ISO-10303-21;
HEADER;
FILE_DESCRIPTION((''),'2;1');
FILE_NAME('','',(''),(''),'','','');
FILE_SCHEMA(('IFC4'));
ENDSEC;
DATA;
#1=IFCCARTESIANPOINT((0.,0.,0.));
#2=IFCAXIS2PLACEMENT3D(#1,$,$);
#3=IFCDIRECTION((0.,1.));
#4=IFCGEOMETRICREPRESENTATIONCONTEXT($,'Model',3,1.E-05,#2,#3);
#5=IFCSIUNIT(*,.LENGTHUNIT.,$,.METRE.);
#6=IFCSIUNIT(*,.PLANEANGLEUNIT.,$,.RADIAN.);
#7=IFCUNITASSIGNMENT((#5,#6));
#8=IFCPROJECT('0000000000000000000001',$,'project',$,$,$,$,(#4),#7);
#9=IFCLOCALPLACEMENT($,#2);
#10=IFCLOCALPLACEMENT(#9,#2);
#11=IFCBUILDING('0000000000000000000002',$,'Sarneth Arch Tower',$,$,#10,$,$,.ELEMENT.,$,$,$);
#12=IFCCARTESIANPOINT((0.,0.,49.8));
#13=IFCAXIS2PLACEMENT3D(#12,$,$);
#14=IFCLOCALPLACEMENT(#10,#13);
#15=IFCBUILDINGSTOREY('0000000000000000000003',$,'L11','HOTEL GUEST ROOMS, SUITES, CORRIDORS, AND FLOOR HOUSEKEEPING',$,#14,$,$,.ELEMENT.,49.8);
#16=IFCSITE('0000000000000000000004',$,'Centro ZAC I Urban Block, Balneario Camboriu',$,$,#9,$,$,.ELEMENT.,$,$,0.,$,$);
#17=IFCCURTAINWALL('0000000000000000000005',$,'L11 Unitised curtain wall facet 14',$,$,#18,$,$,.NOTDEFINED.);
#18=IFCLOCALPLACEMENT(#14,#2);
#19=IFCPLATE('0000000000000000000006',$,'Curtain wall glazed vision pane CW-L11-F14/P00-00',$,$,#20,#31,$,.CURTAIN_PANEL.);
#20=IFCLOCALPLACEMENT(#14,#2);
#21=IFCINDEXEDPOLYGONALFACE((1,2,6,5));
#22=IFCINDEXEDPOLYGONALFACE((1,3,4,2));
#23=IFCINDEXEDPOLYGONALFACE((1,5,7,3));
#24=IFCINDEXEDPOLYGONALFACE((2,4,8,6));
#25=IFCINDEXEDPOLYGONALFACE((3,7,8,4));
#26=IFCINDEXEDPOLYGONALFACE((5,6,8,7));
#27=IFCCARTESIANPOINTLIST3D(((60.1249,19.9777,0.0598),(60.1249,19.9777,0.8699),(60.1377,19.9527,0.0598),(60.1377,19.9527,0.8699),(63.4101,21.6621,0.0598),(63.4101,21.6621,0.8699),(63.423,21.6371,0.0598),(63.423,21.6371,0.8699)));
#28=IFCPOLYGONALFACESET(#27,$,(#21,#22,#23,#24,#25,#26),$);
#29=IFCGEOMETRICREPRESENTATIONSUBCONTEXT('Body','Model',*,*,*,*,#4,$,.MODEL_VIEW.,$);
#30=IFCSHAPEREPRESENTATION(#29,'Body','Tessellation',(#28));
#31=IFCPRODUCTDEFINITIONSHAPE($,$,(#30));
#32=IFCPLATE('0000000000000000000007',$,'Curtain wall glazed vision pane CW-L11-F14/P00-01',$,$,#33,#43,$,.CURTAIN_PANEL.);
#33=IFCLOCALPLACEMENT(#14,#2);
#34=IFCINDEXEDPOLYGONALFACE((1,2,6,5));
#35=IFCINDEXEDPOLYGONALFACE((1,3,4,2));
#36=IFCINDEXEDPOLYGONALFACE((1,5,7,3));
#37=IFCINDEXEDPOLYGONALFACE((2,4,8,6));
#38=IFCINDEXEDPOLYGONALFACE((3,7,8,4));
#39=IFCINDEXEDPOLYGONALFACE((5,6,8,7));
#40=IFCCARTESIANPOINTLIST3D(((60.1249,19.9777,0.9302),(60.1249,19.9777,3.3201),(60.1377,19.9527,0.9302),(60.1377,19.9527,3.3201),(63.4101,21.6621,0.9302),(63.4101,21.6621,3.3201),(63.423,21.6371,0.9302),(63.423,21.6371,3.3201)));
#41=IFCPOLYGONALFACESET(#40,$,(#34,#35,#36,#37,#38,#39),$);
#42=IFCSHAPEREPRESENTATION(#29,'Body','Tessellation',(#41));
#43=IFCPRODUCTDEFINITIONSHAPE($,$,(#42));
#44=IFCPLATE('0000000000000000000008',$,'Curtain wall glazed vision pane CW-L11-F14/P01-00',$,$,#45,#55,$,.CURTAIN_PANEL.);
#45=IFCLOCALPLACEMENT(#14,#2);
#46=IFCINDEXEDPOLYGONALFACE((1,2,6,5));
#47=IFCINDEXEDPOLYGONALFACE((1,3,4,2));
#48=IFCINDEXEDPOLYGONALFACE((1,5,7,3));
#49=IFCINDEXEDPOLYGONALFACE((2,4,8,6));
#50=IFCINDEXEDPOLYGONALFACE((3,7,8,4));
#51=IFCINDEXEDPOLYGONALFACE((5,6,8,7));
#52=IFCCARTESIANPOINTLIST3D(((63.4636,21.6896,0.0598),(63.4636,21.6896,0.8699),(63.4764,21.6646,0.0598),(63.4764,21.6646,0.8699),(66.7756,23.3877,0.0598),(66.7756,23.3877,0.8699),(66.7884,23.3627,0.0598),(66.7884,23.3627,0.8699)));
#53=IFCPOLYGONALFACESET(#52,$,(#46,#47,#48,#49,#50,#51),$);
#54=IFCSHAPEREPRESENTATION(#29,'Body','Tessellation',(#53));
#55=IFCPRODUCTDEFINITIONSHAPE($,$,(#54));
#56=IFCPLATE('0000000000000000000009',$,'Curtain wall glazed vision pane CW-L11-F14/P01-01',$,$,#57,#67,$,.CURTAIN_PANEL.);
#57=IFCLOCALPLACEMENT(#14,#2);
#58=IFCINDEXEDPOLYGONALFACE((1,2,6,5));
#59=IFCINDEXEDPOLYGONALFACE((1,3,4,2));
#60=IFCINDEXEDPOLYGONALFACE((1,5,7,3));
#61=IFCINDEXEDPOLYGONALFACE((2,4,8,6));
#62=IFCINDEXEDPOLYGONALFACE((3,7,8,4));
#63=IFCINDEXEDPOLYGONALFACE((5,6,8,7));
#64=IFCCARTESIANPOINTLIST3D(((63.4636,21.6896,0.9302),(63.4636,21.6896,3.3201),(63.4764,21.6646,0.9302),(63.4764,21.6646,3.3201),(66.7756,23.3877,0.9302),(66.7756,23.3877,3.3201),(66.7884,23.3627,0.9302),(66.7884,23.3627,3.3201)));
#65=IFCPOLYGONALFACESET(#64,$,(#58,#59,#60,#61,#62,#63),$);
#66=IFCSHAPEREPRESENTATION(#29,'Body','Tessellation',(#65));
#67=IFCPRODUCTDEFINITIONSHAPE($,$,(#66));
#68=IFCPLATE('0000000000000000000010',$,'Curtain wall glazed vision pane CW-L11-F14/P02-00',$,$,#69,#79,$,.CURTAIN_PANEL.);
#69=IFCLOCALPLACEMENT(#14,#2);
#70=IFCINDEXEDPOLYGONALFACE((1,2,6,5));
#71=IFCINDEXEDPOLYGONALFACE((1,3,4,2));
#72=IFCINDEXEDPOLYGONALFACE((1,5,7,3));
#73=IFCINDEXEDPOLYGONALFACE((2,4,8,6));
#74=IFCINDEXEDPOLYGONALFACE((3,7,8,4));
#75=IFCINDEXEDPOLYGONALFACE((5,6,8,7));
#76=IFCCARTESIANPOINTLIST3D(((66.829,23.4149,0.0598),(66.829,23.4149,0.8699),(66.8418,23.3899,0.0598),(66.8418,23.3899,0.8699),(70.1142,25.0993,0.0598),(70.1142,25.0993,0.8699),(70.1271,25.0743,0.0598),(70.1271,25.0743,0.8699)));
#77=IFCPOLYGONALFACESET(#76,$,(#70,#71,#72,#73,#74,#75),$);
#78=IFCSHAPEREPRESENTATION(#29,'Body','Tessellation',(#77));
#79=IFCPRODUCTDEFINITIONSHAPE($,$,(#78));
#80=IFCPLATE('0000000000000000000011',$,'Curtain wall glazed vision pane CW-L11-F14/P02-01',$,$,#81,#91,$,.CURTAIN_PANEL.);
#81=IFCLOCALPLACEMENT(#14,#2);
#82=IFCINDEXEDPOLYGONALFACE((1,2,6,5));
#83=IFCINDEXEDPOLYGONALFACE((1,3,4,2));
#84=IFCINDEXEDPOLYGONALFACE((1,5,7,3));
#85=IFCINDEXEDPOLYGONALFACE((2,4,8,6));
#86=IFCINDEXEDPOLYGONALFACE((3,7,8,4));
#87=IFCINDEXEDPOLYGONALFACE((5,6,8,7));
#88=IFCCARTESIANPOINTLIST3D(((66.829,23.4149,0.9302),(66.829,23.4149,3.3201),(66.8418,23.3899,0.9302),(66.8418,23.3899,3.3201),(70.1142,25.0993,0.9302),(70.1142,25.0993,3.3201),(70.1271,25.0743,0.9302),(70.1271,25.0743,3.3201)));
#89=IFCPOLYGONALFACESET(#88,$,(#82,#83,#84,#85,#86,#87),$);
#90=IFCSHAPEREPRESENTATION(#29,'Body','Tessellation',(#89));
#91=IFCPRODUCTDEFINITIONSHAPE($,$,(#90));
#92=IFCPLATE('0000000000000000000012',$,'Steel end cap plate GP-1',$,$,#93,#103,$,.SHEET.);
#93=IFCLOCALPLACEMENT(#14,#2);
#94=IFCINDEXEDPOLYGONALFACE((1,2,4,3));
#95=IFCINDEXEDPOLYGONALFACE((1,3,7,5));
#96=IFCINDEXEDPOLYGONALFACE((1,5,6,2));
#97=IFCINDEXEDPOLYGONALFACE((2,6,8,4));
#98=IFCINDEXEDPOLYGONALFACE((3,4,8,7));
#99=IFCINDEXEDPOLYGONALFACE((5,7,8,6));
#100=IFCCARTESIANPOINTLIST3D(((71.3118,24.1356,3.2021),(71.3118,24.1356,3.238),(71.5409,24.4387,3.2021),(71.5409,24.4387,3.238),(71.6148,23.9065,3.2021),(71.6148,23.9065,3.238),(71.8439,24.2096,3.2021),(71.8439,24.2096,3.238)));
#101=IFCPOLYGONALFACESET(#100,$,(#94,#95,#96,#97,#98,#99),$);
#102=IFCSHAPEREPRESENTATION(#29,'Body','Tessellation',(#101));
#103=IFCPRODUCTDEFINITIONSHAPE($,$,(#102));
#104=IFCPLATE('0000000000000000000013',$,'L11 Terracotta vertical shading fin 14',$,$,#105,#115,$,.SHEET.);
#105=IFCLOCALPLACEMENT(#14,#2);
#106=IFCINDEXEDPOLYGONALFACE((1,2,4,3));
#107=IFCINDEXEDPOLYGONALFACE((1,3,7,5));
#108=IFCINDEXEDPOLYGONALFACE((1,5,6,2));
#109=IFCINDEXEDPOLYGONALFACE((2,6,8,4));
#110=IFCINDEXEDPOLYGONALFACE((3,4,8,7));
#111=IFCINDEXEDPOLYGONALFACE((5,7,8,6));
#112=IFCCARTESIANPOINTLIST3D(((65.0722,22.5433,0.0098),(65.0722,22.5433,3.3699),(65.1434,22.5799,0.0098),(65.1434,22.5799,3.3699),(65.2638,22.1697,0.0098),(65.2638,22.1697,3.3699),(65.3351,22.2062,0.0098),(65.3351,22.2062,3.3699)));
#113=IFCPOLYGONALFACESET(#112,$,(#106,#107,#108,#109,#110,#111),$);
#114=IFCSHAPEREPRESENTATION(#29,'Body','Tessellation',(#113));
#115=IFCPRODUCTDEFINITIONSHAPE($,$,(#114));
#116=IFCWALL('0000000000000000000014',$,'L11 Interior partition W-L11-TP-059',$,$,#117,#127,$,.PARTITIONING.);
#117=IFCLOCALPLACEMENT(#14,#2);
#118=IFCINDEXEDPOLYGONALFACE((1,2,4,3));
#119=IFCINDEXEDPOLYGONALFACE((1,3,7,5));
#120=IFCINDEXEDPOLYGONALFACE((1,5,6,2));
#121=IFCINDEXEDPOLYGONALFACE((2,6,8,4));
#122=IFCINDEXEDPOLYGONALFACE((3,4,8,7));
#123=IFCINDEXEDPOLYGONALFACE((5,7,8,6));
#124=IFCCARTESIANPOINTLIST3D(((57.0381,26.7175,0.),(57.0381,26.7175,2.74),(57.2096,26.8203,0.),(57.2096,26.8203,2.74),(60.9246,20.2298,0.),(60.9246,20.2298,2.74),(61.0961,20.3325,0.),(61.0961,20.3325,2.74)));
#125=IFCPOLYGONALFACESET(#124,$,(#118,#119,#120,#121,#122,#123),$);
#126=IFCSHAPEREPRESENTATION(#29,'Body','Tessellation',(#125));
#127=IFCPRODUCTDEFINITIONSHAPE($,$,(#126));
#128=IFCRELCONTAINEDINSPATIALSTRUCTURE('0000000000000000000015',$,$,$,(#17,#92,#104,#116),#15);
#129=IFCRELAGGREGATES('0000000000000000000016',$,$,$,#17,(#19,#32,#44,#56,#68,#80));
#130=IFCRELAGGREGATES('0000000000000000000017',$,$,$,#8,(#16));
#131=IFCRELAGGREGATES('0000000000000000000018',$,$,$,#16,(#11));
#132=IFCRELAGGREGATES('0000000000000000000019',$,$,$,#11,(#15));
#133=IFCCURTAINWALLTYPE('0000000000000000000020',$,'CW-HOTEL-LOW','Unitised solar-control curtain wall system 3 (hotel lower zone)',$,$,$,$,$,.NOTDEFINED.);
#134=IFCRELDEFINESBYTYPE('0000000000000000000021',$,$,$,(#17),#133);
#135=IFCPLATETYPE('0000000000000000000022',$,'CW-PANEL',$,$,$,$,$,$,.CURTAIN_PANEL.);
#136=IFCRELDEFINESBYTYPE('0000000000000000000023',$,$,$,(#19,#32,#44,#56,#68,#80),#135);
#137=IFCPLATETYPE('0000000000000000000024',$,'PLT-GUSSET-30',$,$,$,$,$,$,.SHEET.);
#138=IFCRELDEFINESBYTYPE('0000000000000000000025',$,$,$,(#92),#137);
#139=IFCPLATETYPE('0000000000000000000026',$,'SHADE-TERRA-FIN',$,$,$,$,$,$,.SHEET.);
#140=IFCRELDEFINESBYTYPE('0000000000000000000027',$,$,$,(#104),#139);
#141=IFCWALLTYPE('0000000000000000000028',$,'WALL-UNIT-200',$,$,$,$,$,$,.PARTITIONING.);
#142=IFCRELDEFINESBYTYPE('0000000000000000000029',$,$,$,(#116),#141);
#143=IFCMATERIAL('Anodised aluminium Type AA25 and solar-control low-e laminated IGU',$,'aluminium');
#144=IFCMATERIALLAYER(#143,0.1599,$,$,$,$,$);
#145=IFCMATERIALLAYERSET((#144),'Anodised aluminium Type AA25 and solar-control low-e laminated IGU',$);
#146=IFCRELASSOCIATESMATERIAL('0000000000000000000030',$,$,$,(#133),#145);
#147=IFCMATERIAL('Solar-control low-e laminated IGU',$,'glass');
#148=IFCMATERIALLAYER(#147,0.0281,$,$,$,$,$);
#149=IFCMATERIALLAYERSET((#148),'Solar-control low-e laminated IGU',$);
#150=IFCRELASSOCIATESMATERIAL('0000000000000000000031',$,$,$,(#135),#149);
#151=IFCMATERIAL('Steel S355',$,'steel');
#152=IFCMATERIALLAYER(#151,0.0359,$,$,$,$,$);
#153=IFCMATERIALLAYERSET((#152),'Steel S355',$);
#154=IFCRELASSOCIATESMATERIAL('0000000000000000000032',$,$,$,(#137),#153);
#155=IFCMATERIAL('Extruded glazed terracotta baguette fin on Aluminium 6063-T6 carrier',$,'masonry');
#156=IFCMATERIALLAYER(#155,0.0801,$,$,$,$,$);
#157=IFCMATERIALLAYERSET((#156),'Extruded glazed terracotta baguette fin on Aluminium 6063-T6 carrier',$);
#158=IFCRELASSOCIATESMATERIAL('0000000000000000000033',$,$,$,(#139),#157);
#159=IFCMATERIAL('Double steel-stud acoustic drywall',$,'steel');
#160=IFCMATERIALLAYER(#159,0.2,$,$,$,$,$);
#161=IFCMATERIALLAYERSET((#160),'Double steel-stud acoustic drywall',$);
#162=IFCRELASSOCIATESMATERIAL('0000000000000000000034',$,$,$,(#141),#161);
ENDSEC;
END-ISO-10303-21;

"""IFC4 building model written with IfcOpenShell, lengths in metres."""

from ifc_helpers import new_model, si_unit, direction, frame, frame_2d, origin, origin_2d, place, context, subcontext, project, spatial, rectangle, extrude, material, layer, layer_set, type_object, element, aggregate, save


model = new_model("IFC4")

# Units and contexts
model_context = context("Model", 3, precision=1e-05, world=origin(), true_north=direction((0.0, 1.0)))
body_context = subcontext(model_context, "Body", "Model", "MODEL_VIEW")
ifc_project = project(units=[si_unit("LENGTHUNIT", "METRE"), si_unit("PLANEANGLEUNIT", "RADIAN")], contexts=[model_context])

# Site, building, storey
site_placement = place(None, origin())
site = spatial("IfcSite", under=ifc_project, at=site_placement, Name="Centro ZAC I Urban Block, Balneario Camboriu", CompositionType="ELEMENT", RefElevation=0.0)
building_placement = place(site_placement, origin())
building = spatial("IfcBuilding", under=site, at=building_placement, Name="Sarneth Arch Tower", CompositionType="ELEMENT")
storey_placement = place(building_placement, frame((0.0, 0.0, 49.8)))
storey = spatial("IfcBuildingStorey", under=building, at=storey_placement, Name="L11", Description="HOTEL GUEST ROOMS, SUITES, CORRIDORS, AND FLOOR HOUSEKEEPING", CompositionType="ELEMENT", Elevation=49.8)

# Curtain wall, plates
ifc_material_1 = material(Name="Anodised aluminium Type AA25 and solar-control low-e laminated IGU", Category="aluminium")
ifc_layer_1 = layer(ifc_material_1, 0.1599)
ifc_layer_set_1 = layer_set([ifc_layer_1], Name="Anodised aluminium Type AA25 and solar-control low-e laminated IGU")
curtain_wall_type = type_object("IfcCurtainWallType", Name="CW-HOTEL-LOW", Description="Unitised solar-control curtain wall system 3 (hotel lower zone)", PredefinedType="NOTDEFINED", material=ifc_layer_set_1)
curtain_wall_placement = place(storey_placement, origin())
curtain_wall = element("IfcCurtainWall", 1, at=curtain_wall_placement, inside=storey, type_object=curtain_wall_type, Name="L11 Unitised curtain wall facet 14", PredefinedType="NOTDEFINED")
ifc_material_2 = material(Name="Solar-control low-e laminated IGU", Category="glass")
ifc_layer_2 = layer(ifc_material_2, 0.0281)
ifc_layer_set_2 = layer_set([ifc_layer_2], Name="Solar-control low-e laminated IGU")
plate_type_1 = type_object("IfcPlateType", Name="CW-PANEL", PredefinedType="CURTAIN_PANEL", material=ifc_layer_set_2)
plate_1_placement = place(storey_placement, frame((61.7739, 20.8074, 0.0598), z_axis=(0.0, 0.0, 1.0), x_axis=(0.889854, 0.456245, 0.0)))
plate_1 = element("IfcPlate", 2, at=plate_1_placement, type_object=plate_type_1, Name="Curtain wall glazed vision pane CW-L11-F14/P00-00", PredefinedType="CURTAIN_PANEL", context=body_context, shape_type="SweptSolid", body=[
    extrude(rectangle(XDim=3.6919, YDim=0.0281, at=origin_2d()), origin(), (0.0, 0.0, 1.0), 0.8101),
])
plate_2_placement = place(storey_placement, frame((61.7739, 20.8074, 0.9302), z_axis=(0.0, 0.0, 1.0), x_axis=(0.889854, 0.456245, 0.0)))
plate_2 = element("IfcPlate", 3, at=plate_2_placement, type_object=plate_type_1, Name="Curtain wall glazed vision pane CW-L11-F14/P00-01", PredefinedType="CURTAIN_PANEL", context=body_context, shape_type="SweptSolid", body=[
    extrude(rectangle(XDim=3.6919, YDim=0.0281, at=origin_2d()), origin(), (0.0, 0.0, 1.0), 2.3899),
])
plate_3_placement = place(storey_placement, frame((65.126, 22.5261, 0.0598), z_axis=(0.0, 0.0, 1.0), x_axis=(0.889854, 0.456245, 0.0)))
plate_3 = element("IfcPlate", 4, at=plate_3_placement, type_object=plate_type_1, Name="Curtain wall glazed vision pane CW-L11-F14/P01-00", PredefinedType="CURTAIN_PANEL", context=body_context, shape_type="SweptSolid", body=[
    extrude(rectangle(XDim=3.7219, YDim=0.0281, at=origin_2d()), origin(), (0.0, 0.0, 1.0), 0.8101),
])
plate_4_placement = place(storey_placement, frame((65.126, 22.5261, 0.9302), z_axis=(0.0, 0.0, 1.0), x_axis=(0.889854, 0.456245, 0.0)))
plate_4 = element("IfcPlate", 5, at=plate_4_placement, type_object=plate_type_1, Name="Curtain wall glazed vision pane CW-L11-F14/P01-01", PredefinedType="CURTAIN_PANEL", context=body_context, shape_type="SweptSolid", body=[
    extrude(rectangle(XDim=3.7219, YDim=0.0281, at=origin_2d()), origin(), (0.0, 0.0, 1.0), 2.3899),
])
plate_5_placement = place(storey_placement, frame((68.478, 24.2446, 0.0598), z_axis=(0.0, 0.0, 1.0), x_axis=(0.889854, 0.456245, 0.0)))
plate_5 = element("IfcPlate", 6, at=plate_5_placement, type_object=plate_type_1, Name="Curtain wall glazed vision pane CW-L11-F14/P02-00", PredefinedType="CURTAIN_PANEL", context=body_context, shape_type="SweptSolid", body=[
    extrude(rectangle(XDim=3.6919, YDim=0.0281, at=origin_2d()), origin(), (0.0, 0.0, 1.0), 0.8101),
])
plate_6_placement = place(storey_placement, frame((68.478, 24.2446, 0.9302), z_axis=(0.0, 0.0, 1.0), x_axis=(0.889854, 0.456245, 0.0)))
plate_6 = element("IfcPlate", 7, at=plate_6_placement, type_object=plate_type_1, Name="Curtain wall glazed vision pane CW-L11-F14/P02-01", PredefinedType="CURTAIN_PANEL", context=body_context, shape_type="SweptSolid", body=[
    extrude(rectangle(XDim=3.6919, YDim=0.0281, at=origin_2d()), origin(), (0.0, 0.0, 1.0), 2.3899),
])
aggregate(curtain_wall, [plate_1, plate_2, plate_3, plate_4, plate_5, plate_6])

# Plates
ifc_material_3 = material(Name="Steel S355", Category="steel")
ifc_layer_3 = layer(ifc_material_3, 0.0359)
ifc_layer_set_3 = layer_set([ifc_layer_3], Name="Steel S355")
plate_type_2 = type_object("IfcPlateType", Name="PLT-GUSSET-30", PredefinedType="SHEET", material=ifc_layer_set_3)
plate_7_placement = place(storey_placement, frame((71.5779, 24.1726, 3.2021), z_axis=(0.0, 0.0, 1.0), x_axis=(0.797689, -0.603069, 0.0)))
element("IfcPlate", 8, at=plate_7_placement, inside=storey, type_object=plate_type_2, Name="Steel end cap plate GP-1", PredefinedType="SHEET", context=body_context, shape_type="SweptSolid", body=[
    extrude(rectangle(XDim=0.3799, YDim=0.3799, at=origin_2d()), origin(), (0.0, 0.0, 1.0), 0.0359),
])
ifc_material_4 = material(Name="Extruded glazed terracotta baguette fin on Aluminium 6063-T6 carrier", Category="masonry")
ifc_layer_4 = layer(ifc_material_4, 0.0801)
ifc_layer_set_4 = layer_set([ifc_layer_4], Name="Extruded glazed terracotta baguette fin on Aluminium 6063-T6 carrier")
plate_type_3 = type_object("IfcPlateType", Name="SHADE-TERRA-FIN", PredefinedType="SHEET", material=ifc_layer_set_4)
plate_8_placement = place(storey_placement, frame((65.2036, 22.3748, 0.0098), z_axis=(0.0, 0.0, 1.0), x_axis=(0.456322, -0.889815, 0.0)))
element("IfcPlate", 9, at=plate_8_placement, inside=storey, type_object=plate_type_3, Name="L11 Terracotta vertical shading fin 14", PredefinedType="SHEET", context=body_context, shape_type="SweptSolid", body=[
    extrude(rectangle(XDim=0.4199, YDim=0.0801, at=origin_2d()), origin(), (0.0, 0.0, 1.0), 3.3601),
])

# Wall
ifc_material_5 = material(Name="Double steel-stud acoustic drywall", Category="steel")
ifc_layer_5 = layer(ifc_material_5, 0.2)
ifc_layer_set_5 = layer_set([ifc_layer_5], Name="Double steel-stud acoustic drywall")
wall_type = type_object("IfcWallType", Name="WALL-UNIT-200", PredefinedType="PARTITIONING", material=ifc_layer_set_5)
wall_placement = place(storey_placement, frame((61.0103, 20.2812, 0.0), z_axis=(0.0, 0.0, 1.0), x_axis=(-0.513893, 0.857854, 0.0)))
element("IfcWall", 10, at=wall_placement, inside=storey, type_object=wall_type, Name="L11 Interior partition W-L11-TP-059", PredefinedType="PARTITIONING", context=body_context, shape_type="SweptSolid", body=[
    extrude(rectangle(XDim=7.5627, YDim=0.2, at=frame_2d((3.7812, 0.0))), origin(), (0.0, 0.0, 1.0), 2.74),
])

save(model, "model.ifc")
